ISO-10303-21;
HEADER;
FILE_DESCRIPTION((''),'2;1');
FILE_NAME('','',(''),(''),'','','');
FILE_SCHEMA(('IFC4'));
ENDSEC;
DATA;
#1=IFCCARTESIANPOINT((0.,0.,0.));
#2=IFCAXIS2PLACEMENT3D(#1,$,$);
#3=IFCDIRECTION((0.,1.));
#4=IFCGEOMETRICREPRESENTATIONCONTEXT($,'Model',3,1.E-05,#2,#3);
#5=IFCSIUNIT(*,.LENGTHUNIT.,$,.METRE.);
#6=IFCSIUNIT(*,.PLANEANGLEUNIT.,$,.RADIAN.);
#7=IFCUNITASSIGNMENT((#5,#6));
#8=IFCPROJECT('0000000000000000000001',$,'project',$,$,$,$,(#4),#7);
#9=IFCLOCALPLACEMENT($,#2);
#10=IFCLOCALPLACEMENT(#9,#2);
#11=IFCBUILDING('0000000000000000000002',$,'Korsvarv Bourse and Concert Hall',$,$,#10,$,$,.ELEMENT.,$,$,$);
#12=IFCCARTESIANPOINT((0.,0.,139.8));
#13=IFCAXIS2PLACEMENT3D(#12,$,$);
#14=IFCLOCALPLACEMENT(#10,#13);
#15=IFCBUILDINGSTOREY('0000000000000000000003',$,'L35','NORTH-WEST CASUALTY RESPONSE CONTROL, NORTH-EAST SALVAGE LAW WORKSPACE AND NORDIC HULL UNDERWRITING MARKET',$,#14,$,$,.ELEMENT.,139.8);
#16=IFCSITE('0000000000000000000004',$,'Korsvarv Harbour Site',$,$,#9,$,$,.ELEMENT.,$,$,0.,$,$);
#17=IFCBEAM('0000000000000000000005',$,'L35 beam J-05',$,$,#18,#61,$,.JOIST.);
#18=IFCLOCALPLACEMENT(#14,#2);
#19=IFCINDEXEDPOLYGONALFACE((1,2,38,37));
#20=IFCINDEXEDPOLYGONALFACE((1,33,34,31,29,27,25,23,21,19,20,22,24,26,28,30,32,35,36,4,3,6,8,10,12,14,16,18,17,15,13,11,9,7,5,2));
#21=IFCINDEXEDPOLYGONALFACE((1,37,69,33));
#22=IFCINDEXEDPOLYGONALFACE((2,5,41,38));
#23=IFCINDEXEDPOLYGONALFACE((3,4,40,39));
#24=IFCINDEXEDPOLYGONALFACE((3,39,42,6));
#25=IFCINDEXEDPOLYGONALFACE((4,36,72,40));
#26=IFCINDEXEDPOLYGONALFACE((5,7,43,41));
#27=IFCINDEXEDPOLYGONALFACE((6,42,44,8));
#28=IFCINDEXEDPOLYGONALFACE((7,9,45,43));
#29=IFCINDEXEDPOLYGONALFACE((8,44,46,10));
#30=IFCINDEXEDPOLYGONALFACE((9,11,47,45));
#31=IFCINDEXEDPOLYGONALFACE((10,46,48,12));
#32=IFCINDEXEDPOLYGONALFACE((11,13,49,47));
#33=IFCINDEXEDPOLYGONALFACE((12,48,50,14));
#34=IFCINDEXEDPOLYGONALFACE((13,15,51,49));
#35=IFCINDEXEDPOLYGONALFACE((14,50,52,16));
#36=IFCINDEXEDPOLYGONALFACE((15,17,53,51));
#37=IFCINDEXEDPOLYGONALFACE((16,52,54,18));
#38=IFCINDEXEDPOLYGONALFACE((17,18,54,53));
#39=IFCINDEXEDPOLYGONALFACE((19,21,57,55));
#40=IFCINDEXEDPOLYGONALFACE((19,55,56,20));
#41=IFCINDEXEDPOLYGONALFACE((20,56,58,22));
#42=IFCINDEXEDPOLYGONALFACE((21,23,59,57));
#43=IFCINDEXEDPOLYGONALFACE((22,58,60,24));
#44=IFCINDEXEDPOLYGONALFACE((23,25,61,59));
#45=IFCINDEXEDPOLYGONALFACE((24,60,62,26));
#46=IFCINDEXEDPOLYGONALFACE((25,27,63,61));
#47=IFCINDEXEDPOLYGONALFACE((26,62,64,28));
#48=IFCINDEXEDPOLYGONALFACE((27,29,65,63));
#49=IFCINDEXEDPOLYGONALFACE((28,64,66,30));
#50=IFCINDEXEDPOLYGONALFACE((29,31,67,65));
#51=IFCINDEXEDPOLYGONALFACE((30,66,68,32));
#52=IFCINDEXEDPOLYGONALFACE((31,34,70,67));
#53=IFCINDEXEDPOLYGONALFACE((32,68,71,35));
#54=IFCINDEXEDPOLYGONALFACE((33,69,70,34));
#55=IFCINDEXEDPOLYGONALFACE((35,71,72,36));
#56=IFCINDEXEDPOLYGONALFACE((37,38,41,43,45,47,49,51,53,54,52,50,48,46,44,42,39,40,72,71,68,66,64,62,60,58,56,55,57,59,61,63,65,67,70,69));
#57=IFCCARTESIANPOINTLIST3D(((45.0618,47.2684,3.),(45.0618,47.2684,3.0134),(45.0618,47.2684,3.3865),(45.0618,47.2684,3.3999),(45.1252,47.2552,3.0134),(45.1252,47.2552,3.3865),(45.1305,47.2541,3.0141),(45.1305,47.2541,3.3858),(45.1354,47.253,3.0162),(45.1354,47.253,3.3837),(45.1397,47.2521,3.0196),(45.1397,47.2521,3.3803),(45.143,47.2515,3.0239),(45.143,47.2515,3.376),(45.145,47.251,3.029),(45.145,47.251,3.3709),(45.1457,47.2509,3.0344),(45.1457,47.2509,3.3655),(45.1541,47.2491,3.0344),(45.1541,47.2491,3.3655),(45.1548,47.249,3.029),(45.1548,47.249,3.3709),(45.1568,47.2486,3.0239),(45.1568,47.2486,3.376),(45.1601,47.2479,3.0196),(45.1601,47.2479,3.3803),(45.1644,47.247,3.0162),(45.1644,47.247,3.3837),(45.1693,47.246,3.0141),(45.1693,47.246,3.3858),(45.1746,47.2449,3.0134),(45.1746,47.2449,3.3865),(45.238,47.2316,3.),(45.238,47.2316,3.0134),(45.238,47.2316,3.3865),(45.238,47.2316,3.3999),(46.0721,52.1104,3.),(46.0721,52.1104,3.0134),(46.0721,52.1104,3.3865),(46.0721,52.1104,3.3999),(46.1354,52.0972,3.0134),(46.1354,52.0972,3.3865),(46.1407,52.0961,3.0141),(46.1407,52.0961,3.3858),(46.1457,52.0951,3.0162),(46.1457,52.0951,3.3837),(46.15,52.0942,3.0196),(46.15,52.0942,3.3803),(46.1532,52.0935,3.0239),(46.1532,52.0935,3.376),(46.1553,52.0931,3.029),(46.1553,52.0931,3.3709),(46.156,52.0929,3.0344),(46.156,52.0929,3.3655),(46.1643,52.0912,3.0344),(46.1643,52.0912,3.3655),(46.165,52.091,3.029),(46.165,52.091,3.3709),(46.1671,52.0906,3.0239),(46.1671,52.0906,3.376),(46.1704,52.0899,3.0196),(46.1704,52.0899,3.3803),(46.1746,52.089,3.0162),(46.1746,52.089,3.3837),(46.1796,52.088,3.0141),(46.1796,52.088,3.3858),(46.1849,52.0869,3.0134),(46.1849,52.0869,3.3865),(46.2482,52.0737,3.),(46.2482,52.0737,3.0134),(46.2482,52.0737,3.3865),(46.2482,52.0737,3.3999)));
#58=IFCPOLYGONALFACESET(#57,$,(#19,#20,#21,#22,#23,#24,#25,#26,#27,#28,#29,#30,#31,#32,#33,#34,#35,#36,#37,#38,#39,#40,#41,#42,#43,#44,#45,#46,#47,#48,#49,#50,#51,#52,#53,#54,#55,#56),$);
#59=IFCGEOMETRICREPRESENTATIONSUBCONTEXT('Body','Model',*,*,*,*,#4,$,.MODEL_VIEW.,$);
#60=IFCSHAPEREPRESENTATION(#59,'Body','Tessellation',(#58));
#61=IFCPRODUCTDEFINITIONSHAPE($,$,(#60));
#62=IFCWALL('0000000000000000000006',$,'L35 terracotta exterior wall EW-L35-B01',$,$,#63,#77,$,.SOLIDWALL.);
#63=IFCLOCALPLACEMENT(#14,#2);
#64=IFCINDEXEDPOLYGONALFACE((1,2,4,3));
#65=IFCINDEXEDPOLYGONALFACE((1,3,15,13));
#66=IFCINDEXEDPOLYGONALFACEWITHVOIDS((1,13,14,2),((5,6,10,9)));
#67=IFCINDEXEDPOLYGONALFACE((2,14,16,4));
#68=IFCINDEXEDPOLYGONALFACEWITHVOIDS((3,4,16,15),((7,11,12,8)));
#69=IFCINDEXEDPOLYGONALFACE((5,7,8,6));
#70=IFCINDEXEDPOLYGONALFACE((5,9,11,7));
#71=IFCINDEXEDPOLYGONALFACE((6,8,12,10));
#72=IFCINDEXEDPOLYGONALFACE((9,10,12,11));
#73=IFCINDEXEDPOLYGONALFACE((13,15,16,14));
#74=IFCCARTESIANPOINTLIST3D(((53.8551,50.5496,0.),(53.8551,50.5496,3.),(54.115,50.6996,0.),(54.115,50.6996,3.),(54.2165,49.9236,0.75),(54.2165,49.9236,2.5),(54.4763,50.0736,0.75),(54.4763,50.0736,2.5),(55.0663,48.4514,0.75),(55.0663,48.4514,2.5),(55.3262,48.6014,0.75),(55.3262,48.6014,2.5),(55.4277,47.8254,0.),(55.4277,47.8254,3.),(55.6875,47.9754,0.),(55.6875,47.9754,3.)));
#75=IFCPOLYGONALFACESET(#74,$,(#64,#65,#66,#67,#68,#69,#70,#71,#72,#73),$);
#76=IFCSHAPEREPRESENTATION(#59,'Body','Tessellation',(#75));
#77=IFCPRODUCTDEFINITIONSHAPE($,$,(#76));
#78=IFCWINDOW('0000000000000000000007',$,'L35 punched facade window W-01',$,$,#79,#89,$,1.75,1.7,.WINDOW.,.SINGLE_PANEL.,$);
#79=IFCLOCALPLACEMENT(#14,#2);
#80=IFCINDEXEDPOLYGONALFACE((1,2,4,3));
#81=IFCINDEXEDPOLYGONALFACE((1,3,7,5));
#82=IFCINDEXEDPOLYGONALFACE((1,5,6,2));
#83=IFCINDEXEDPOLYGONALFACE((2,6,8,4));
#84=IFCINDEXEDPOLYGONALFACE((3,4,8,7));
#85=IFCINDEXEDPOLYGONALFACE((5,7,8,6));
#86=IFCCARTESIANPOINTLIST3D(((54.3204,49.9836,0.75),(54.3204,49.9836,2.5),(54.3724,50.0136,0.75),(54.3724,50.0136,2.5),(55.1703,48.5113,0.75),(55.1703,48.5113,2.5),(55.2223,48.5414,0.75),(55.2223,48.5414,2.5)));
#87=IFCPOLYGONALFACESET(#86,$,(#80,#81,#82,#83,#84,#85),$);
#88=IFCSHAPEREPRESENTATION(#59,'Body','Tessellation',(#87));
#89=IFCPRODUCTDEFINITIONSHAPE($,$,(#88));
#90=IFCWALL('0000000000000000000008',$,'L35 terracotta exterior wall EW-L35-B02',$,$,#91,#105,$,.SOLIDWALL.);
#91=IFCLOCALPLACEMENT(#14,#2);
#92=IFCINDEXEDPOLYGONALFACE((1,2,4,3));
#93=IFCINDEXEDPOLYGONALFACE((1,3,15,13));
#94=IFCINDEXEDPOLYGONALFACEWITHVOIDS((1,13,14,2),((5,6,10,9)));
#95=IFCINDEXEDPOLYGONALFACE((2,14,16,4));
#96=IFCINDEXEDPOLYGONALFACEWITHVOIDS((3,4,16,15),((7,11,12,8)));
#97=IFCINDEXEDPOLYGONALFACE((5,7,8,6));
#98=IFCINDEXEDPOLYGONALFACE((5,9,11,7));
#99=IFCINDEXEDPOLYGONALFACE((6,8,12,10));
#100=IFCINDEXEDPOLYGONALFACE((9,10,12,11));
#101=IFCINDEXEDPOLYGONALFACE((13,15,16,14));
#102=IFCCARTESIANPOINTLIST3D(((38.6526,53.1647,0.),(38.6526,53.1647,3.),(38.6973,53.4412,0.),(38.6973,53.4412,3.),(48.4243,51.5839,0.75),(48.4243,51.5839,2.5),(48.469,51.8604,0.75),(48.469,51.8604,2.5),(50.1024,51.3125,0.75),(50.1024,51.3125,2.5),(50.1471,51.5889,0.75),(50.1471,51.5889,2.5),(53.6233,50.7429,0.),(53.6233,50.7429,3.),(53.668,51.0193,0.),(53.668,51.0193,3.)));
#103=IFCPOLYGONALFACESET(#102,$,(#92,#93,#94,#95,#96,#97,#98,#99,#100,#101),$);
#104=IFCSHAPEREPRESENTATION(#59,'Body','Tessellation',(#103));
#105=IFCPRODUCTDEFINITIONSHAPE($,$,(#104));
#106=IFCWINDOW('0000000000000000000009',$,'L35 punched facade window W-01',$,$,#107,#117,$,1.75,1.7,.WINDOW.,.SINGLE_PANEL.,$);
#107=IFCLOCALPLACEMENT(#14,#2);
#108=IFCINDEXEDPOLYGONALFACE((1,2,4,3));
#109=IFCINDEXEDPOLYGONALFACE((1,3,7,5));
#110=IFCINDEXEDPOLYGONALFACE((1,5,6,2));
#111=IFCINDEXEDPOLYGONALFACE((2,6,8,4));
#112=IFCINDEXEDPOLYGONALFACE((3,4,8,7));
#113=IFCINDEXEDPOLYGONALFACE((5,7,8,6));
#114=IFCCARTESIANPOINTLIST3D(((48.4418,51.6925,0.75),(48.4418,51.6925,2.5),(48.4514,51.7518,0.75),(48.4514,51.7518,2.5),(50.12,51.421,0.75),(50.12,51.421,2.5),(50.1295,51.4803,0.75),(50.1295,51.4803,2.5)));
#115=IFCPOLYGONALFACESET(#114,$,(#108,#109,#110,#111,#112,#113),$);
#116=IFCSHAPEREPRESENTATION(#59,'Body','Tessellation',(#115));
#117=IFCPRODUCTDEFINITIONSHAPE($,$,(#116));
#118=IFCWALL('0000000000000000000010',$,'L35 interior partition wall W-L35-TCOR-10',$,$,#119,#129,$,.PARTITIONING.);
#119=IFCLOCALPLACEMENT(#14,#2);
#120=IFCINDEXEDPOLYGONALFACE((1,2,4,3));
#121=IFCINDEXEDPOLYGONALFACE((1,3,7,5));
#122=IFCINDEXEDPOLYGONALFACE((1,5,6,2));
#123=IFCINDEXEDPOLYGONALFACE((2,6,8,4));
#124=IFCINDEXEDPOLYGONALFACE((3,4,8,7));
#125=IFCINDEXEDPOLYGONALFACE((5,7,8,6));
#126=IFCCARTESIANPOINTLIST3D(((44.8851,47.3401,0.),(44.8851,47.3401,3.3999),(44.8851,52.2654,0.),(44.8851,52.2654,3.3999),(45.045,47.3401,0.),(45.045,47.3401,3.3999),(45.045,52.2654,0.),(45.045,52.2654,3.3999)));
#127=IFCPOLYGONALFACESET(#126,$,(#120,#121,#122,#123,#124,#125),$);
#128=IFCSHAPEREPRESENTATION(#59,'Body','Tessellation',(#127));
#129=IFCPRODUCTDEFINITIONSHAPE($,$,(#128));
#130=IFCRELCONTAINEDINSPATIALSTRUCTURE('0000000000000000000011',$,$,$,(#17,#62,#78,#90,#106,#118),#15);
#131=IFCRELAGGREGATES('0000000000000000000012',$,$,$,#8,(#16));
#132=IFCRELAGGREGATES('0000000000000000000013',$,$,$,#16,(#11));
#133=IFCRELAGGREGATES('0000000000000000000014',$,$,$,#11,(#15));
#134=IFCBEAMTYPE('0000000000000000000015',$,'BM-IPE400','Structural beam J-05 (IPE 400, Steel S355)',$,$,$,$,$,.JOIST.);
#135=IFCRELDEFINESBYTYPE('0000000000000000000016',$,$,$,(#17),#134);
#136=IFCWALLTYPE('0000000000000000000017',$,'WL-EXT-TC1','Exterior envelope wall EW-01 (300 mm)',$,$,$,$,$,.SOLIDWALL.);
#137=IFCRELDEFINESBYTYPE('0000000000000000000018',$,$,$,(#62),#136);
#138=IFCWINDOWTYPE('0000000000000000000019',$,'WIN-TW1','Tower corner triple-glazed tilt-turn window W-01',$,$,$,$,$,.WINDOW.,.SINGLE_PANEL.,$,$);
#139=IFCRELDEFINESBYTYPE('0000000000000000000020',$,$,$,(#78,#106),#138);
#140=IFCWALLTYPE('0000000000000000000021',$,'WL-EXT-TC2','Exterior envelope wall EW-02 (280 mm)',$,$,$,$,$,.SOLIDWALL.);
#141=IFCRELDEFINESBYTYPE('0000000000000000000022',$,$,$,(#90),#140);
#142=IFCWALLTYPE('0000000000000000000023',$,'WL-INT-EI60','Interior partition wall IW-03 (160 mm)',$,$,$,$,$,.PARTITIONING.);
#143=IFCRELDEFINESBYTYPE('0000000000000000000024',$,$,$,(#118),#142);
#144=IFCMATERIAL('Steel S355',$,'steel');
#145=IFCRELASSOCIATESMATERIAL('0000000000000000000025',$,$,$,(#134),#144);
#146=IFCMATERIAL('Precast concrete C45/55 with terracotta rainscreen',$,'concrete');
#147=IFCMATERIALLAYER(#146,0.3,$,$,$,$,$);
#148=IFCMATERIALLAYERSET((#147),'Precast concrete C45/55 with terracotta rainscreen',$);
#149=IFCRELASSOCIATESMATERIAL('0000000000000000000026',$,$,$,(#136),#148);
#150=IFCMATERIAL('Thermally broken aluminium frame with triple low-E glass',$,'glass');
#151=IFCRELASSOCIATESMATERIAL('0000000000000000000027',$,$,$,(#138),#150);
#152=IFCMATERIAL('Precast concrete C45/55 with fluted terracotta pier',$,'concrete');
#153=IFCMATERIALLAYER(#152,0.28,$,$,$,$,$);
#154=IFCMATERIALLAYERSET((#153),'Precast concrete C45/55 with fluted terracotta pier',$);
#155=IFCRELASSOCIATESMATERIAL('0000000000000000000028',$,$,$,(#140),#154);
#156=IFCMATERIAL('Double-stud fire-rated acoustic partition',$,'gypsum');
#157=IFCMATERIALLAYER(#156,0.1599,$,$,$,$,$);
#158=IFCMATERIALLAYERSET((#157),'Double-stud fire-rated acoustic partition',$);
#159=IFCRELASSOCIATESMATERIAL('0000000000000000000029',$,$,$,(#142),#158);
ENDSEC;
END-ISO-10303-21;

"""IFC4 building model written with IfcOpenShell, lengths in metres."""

from ifc_helpers import new_model, si_unit, direction, frame, frame_2d, origin, origin_2d, place, context, subcontext, project, spatial, rectangle, i_section, extrude, source, transform, mapped, material, layer, layer_set, material_profile, profile_set, type_object, element, fill, save


model = new_model("IFC4")

# Units and contexts
model_context = context("Model", 3, precision=1e-05, world=origin(), true_north=direction((0.0, 1.0)))
body_context = subcontext(model_context, "Body", "Model", "MODEL_VIEW")
ifc_project = project(units=[si_unit("LENGTHUNIT", "METRE"), si_unit("PLANEANGLEUNIT", "RADIAN")], contexts=[model_context])

# Site, building, storey
site_placement = place(None, origin())
site = spatial("IfcSite", under=ifc_project, at=site_placement, Name="Korsvarv Harbour Site", CompositionType="ELEMENT", RefElevation=0.0)
building_placement = place(site_placement, origin())
building = spatial("IfcBuilding", under=site, at=building_placement, Name="Korsvarv Bourse and Concert Hall", CompositionType="ELEMENT")
storey_placement = place(building_placement, frame((0.0, 0.0, 139.8)))
storey = spatial("IfcBuildingStorey", under=building, at=storey_placement, Name="L35", Description="NORTH-WEST CASUALTY RESPONSE CONTROL, NORTH-EAST SALVAGE LAW WORKSPACE AND NORDIC HULL UNDERWRITING MARKET", CompositionType="ELEMENT", Elevation=139.8)

# Shared definitions
ifc_material_1 = material(Name="Steel S355", Category="steel")

# Beam
ifc_material_profile_1 = material_profile(ifc_material_1, i_section(OverallWidth=0.1799, OverallDepth=0.3999, WebThickness=0.0085, FlangeThickness=0.0134, FilletRadius=0.021, at=origin_2d()), Name="IPE 400")
ifc_profile_set_1 = profile_set([ifc_material_profile_1], Name="Steel S355")
beam_type_1 = type_object("IfcBeamType", Name="BM-IPE400", Description="Structural beam J-05 (IPE 400, Steel S355)", PredefinedType="JOIST", material=ifc_profile_set_1)
shared_shape_1 = source(origin(), body_context, "Body", "SweptSolid", [
    extrude(i_section(OverallWidth=0.1799, OverallDepth=0.3999, WebThickness=0.0085, FlangeThickness=0.0134, FilletRadius=0.021, at=origin_2d()), origin(), (0.0, 0.0, 1.0), 4.9463),
])
beam_1_placement = place(storey_placement, frame((46.1602, 52.092, 3.2), z_axis=(-0.204244, -0.97892, 0.0), x_axis=(0.97892, -0.204244, 0.0)))
element("IfcBeam", 1, at=beam_1_placement, inside=storey, type_object=beam_type_1, Name="L35 beam J-05", PredefinedType="JOIST", context=body_context, shape_type="MappedRepresentation", body=[
    mapped(shared_shape_1, transform((0.0, 0.0, 0.0), scale=1.0)),
])

# Walls, openings, windows
ifc_material_2 = material(Name="Precast concrete C45/55 with terracotta rainscreen", Category="concrete")
ifc_layer_1 = layer(ifc_material_2, 0.3)
ifc_layer_set_1 = layer_set([ifc_layer_1], Name="Precast concrete C45/55 with terracotta rainscreen")
wall_type_1 = type_object("IfcWallType", Name="WL-EXT-TC1", Description="Exterior envelope wall EW-01 (300 mm)", PredefinedType="SOLIDWALL", material=ifc_layer_set_1)
wall_1_placement = place(storey_placement, frame((55.5576, 47.9004, 0.0), z_axis=(0.0, 0.0, 1.0), x_axis=(-0.499937, 0.866062, 0.0)))
wall_1 = element("IfcWall", 2, at=wall_1_placement, inside=storey, type_object=wall_type_1, Name="L35 terracotta exterior wall EW-L35-B01", PredefinedType="SOLIDWALL", context=body_context, shape_type="SweptSolid", body=[
    extrude(rectangle(XDim=3.1455, YDim=0.3, at=frame_2d((1.5728, 0.0))), origin(), (0.0, 0.0, 1.0), 3.0),
])
opening_1_placement = place(wall_1_placement, frame((0.7227, 0.0, 0.75)))
opening_1 = element("IfcOpeningElement", 3, at=opening_1_placement, cuts=wall_1, PredefinedType="OPENING", context=body_context, shape_type="SweptSolid", body=[
    extrude(rectangle(XDim=1.7, YDim=1.75, at=frame_2d((0.8501, 0.875))), frame((0.0, 0.1602, 0.0), z_axis=(0.0, -1.0, 0.0), x_axis=(1.0, 0.0, 0.0)), (0.0, 0.0, 1.0), 0.3201),
])
ifc_material_3 = material(Name="Thermally broken aluminium frame with triple low-E glass", Category="glass")
window_type = type_object("IfcWindowType", Name="WIN-TW1", Description="Tower corner triple-glazed tilt-turn window W-01", PartitioningType="SINGLE_PANEL", PredefinedType="WINDOW", material=ifc_material_3)
window_1_placement = place(opening_1_placement, origin())
window_1 = element("IfcWindow", 4, at=window_1_placement, inside=storey, type_object=window_type, Name="L35 punched facade window W-01", OverallHeight=1.75, OverallWidth=1.7, PartitioningType="SINGLE_PANEL", PredefinedType="WINDOW", context=body_context, shape_type="SweptSolid", body=[
    extrude(rectangle(XDim=1.7, YDim=1.75, at=frame_2d((0.8501, 0.875))), frame((0.0, 0.03, 0.0), z_axis=(0.0, -1.0, 0.0), x_axis=(1.0, 0.0, 0.0)), (0.0, 0.0, 1.0), 0.0601),
])
fill(opening_1, window_1)
ifc_material_4 = material(Name="Precast concrete C45/55 with fluted terracotta pier", Category="concrete")
ifc_layer_2 = layer(ifc_material_4, 0.28)
ifc_layer_set_2 = layer_set([ifc_layer_2], Name="Precast concrete C45/55 with fluted terracotta pier")
wall_type_2 = type_object("IfcWallType", Name="WL-EXT-TC2", Description="Exterior envelope wall EW-02 (280 mm)", PredefinedType="SOLIDWALL", material=ifc_layer_set_2)
wall_2_placement = place(storey_placement, frame((53.6455, 50.8811, 0.0), z_axis=(0.0, 0.0, 1.0), x_axis=(-0.987166, 0.159698, 0.0)))
wall_2 = element("IfcWall", 5, at=wall_2_placement, inside=storey, type_object=wall_type_2, Name="L35 terracotta exterior wall EW-L35-B02", PredefinedType="SOLIDWALL", context=body_context, shape_type="SweptSolid", body=[
    extrude(rectangle(XDim=15.1653, YDim=0.28, at=frame_2d((7.5825, 0.0))), origin(), (0.0, 0.0, 1.0), 3.0),
])
opening_2_placement = place(wall_2_placement, frame((3.5664, 0.0, 0.75)))
opening_2 = element("IfcOpeningElement", 6, at=opening_2_placement, cuts=wall_2, PredefinedType="OPENING", context=body_context, shape_type="SweptSolid", body=[
    extrude(rectangle(XDim=1.7, YDim=1.75, at=frame_2d((0.8501, 0.875))), frame((0.0, 0.1499, 0.0), z_axis=(0.0, -1.0, 0.0), x_axis=(1.0, 0.0, 0.0)), (0.0, 0.0, 1.0), 0.3),
])
window_2_placement = place(opening_2_placement, origin())
window_2 = element("IfcWindow", 7, at=window_2_placement, inside=storey, type_object=window_type, Name="L35 punched facade window W-01", OverallHeight=1.75, OverallWidth=1.7, PartitioningType="SINGLE_PANEL", PredefinedType="WINDOW", context=body_context, shape_type="SweptSolid", body=[
    extrude(rectangle(XDim=1.7, YDim=1.75, at=frame_2d((0.8501, 0.875))), frame((0.0, 0.03, 0.0), z_axis=(0.0, -1.0, 0.0), x_axis=(1.0, 0.0, 0.0)), (0.0, 0.0, 1.0), 0.0601),
])
fill(opening_2, window_2)

# Wall
ifc_material_5 = material(Name="Double-stud fire-rated acoustic partition", Category="gypsum")
ifc_layer_3 = layer(ifc_material_5, 0.1599)
ifc_layer_set_3 = layer_set([ifc_layer_3], Name="Double-stud fire-rated acoustic partition")
wall_type_3 = type_object("IfcWallType", Name="WL-INT-EI60", Description="Interior partition wall IW-03 (160 mm)", PredefinedType="PARTITIONING", material=ifc_layer_set_3)
wall_3_placement = place(storey_placement, frame((44.9651, 47.3401, 0.0), z_axis=(0.0, 0.0, 1.0), x_axis=(0.0, 1.0, 0.0)))
element("IfcWall", 8, at=wall_3_placement, inside=storey, type_object=wall_type_3, Name="L35 interior partition wall W-L35-TCOR-10", PredefinedType="PARTITIONING", context=body_context, shape_type="SweptSolid", body=[
    extrude(rectangle(XDim=4.9253, YDim=0.1599, at=frame_2d((2.4626, 0.0))), origin(), (0.0, 0.0, 1.0), 3.3999),
])

save(model, "model.ifc")
